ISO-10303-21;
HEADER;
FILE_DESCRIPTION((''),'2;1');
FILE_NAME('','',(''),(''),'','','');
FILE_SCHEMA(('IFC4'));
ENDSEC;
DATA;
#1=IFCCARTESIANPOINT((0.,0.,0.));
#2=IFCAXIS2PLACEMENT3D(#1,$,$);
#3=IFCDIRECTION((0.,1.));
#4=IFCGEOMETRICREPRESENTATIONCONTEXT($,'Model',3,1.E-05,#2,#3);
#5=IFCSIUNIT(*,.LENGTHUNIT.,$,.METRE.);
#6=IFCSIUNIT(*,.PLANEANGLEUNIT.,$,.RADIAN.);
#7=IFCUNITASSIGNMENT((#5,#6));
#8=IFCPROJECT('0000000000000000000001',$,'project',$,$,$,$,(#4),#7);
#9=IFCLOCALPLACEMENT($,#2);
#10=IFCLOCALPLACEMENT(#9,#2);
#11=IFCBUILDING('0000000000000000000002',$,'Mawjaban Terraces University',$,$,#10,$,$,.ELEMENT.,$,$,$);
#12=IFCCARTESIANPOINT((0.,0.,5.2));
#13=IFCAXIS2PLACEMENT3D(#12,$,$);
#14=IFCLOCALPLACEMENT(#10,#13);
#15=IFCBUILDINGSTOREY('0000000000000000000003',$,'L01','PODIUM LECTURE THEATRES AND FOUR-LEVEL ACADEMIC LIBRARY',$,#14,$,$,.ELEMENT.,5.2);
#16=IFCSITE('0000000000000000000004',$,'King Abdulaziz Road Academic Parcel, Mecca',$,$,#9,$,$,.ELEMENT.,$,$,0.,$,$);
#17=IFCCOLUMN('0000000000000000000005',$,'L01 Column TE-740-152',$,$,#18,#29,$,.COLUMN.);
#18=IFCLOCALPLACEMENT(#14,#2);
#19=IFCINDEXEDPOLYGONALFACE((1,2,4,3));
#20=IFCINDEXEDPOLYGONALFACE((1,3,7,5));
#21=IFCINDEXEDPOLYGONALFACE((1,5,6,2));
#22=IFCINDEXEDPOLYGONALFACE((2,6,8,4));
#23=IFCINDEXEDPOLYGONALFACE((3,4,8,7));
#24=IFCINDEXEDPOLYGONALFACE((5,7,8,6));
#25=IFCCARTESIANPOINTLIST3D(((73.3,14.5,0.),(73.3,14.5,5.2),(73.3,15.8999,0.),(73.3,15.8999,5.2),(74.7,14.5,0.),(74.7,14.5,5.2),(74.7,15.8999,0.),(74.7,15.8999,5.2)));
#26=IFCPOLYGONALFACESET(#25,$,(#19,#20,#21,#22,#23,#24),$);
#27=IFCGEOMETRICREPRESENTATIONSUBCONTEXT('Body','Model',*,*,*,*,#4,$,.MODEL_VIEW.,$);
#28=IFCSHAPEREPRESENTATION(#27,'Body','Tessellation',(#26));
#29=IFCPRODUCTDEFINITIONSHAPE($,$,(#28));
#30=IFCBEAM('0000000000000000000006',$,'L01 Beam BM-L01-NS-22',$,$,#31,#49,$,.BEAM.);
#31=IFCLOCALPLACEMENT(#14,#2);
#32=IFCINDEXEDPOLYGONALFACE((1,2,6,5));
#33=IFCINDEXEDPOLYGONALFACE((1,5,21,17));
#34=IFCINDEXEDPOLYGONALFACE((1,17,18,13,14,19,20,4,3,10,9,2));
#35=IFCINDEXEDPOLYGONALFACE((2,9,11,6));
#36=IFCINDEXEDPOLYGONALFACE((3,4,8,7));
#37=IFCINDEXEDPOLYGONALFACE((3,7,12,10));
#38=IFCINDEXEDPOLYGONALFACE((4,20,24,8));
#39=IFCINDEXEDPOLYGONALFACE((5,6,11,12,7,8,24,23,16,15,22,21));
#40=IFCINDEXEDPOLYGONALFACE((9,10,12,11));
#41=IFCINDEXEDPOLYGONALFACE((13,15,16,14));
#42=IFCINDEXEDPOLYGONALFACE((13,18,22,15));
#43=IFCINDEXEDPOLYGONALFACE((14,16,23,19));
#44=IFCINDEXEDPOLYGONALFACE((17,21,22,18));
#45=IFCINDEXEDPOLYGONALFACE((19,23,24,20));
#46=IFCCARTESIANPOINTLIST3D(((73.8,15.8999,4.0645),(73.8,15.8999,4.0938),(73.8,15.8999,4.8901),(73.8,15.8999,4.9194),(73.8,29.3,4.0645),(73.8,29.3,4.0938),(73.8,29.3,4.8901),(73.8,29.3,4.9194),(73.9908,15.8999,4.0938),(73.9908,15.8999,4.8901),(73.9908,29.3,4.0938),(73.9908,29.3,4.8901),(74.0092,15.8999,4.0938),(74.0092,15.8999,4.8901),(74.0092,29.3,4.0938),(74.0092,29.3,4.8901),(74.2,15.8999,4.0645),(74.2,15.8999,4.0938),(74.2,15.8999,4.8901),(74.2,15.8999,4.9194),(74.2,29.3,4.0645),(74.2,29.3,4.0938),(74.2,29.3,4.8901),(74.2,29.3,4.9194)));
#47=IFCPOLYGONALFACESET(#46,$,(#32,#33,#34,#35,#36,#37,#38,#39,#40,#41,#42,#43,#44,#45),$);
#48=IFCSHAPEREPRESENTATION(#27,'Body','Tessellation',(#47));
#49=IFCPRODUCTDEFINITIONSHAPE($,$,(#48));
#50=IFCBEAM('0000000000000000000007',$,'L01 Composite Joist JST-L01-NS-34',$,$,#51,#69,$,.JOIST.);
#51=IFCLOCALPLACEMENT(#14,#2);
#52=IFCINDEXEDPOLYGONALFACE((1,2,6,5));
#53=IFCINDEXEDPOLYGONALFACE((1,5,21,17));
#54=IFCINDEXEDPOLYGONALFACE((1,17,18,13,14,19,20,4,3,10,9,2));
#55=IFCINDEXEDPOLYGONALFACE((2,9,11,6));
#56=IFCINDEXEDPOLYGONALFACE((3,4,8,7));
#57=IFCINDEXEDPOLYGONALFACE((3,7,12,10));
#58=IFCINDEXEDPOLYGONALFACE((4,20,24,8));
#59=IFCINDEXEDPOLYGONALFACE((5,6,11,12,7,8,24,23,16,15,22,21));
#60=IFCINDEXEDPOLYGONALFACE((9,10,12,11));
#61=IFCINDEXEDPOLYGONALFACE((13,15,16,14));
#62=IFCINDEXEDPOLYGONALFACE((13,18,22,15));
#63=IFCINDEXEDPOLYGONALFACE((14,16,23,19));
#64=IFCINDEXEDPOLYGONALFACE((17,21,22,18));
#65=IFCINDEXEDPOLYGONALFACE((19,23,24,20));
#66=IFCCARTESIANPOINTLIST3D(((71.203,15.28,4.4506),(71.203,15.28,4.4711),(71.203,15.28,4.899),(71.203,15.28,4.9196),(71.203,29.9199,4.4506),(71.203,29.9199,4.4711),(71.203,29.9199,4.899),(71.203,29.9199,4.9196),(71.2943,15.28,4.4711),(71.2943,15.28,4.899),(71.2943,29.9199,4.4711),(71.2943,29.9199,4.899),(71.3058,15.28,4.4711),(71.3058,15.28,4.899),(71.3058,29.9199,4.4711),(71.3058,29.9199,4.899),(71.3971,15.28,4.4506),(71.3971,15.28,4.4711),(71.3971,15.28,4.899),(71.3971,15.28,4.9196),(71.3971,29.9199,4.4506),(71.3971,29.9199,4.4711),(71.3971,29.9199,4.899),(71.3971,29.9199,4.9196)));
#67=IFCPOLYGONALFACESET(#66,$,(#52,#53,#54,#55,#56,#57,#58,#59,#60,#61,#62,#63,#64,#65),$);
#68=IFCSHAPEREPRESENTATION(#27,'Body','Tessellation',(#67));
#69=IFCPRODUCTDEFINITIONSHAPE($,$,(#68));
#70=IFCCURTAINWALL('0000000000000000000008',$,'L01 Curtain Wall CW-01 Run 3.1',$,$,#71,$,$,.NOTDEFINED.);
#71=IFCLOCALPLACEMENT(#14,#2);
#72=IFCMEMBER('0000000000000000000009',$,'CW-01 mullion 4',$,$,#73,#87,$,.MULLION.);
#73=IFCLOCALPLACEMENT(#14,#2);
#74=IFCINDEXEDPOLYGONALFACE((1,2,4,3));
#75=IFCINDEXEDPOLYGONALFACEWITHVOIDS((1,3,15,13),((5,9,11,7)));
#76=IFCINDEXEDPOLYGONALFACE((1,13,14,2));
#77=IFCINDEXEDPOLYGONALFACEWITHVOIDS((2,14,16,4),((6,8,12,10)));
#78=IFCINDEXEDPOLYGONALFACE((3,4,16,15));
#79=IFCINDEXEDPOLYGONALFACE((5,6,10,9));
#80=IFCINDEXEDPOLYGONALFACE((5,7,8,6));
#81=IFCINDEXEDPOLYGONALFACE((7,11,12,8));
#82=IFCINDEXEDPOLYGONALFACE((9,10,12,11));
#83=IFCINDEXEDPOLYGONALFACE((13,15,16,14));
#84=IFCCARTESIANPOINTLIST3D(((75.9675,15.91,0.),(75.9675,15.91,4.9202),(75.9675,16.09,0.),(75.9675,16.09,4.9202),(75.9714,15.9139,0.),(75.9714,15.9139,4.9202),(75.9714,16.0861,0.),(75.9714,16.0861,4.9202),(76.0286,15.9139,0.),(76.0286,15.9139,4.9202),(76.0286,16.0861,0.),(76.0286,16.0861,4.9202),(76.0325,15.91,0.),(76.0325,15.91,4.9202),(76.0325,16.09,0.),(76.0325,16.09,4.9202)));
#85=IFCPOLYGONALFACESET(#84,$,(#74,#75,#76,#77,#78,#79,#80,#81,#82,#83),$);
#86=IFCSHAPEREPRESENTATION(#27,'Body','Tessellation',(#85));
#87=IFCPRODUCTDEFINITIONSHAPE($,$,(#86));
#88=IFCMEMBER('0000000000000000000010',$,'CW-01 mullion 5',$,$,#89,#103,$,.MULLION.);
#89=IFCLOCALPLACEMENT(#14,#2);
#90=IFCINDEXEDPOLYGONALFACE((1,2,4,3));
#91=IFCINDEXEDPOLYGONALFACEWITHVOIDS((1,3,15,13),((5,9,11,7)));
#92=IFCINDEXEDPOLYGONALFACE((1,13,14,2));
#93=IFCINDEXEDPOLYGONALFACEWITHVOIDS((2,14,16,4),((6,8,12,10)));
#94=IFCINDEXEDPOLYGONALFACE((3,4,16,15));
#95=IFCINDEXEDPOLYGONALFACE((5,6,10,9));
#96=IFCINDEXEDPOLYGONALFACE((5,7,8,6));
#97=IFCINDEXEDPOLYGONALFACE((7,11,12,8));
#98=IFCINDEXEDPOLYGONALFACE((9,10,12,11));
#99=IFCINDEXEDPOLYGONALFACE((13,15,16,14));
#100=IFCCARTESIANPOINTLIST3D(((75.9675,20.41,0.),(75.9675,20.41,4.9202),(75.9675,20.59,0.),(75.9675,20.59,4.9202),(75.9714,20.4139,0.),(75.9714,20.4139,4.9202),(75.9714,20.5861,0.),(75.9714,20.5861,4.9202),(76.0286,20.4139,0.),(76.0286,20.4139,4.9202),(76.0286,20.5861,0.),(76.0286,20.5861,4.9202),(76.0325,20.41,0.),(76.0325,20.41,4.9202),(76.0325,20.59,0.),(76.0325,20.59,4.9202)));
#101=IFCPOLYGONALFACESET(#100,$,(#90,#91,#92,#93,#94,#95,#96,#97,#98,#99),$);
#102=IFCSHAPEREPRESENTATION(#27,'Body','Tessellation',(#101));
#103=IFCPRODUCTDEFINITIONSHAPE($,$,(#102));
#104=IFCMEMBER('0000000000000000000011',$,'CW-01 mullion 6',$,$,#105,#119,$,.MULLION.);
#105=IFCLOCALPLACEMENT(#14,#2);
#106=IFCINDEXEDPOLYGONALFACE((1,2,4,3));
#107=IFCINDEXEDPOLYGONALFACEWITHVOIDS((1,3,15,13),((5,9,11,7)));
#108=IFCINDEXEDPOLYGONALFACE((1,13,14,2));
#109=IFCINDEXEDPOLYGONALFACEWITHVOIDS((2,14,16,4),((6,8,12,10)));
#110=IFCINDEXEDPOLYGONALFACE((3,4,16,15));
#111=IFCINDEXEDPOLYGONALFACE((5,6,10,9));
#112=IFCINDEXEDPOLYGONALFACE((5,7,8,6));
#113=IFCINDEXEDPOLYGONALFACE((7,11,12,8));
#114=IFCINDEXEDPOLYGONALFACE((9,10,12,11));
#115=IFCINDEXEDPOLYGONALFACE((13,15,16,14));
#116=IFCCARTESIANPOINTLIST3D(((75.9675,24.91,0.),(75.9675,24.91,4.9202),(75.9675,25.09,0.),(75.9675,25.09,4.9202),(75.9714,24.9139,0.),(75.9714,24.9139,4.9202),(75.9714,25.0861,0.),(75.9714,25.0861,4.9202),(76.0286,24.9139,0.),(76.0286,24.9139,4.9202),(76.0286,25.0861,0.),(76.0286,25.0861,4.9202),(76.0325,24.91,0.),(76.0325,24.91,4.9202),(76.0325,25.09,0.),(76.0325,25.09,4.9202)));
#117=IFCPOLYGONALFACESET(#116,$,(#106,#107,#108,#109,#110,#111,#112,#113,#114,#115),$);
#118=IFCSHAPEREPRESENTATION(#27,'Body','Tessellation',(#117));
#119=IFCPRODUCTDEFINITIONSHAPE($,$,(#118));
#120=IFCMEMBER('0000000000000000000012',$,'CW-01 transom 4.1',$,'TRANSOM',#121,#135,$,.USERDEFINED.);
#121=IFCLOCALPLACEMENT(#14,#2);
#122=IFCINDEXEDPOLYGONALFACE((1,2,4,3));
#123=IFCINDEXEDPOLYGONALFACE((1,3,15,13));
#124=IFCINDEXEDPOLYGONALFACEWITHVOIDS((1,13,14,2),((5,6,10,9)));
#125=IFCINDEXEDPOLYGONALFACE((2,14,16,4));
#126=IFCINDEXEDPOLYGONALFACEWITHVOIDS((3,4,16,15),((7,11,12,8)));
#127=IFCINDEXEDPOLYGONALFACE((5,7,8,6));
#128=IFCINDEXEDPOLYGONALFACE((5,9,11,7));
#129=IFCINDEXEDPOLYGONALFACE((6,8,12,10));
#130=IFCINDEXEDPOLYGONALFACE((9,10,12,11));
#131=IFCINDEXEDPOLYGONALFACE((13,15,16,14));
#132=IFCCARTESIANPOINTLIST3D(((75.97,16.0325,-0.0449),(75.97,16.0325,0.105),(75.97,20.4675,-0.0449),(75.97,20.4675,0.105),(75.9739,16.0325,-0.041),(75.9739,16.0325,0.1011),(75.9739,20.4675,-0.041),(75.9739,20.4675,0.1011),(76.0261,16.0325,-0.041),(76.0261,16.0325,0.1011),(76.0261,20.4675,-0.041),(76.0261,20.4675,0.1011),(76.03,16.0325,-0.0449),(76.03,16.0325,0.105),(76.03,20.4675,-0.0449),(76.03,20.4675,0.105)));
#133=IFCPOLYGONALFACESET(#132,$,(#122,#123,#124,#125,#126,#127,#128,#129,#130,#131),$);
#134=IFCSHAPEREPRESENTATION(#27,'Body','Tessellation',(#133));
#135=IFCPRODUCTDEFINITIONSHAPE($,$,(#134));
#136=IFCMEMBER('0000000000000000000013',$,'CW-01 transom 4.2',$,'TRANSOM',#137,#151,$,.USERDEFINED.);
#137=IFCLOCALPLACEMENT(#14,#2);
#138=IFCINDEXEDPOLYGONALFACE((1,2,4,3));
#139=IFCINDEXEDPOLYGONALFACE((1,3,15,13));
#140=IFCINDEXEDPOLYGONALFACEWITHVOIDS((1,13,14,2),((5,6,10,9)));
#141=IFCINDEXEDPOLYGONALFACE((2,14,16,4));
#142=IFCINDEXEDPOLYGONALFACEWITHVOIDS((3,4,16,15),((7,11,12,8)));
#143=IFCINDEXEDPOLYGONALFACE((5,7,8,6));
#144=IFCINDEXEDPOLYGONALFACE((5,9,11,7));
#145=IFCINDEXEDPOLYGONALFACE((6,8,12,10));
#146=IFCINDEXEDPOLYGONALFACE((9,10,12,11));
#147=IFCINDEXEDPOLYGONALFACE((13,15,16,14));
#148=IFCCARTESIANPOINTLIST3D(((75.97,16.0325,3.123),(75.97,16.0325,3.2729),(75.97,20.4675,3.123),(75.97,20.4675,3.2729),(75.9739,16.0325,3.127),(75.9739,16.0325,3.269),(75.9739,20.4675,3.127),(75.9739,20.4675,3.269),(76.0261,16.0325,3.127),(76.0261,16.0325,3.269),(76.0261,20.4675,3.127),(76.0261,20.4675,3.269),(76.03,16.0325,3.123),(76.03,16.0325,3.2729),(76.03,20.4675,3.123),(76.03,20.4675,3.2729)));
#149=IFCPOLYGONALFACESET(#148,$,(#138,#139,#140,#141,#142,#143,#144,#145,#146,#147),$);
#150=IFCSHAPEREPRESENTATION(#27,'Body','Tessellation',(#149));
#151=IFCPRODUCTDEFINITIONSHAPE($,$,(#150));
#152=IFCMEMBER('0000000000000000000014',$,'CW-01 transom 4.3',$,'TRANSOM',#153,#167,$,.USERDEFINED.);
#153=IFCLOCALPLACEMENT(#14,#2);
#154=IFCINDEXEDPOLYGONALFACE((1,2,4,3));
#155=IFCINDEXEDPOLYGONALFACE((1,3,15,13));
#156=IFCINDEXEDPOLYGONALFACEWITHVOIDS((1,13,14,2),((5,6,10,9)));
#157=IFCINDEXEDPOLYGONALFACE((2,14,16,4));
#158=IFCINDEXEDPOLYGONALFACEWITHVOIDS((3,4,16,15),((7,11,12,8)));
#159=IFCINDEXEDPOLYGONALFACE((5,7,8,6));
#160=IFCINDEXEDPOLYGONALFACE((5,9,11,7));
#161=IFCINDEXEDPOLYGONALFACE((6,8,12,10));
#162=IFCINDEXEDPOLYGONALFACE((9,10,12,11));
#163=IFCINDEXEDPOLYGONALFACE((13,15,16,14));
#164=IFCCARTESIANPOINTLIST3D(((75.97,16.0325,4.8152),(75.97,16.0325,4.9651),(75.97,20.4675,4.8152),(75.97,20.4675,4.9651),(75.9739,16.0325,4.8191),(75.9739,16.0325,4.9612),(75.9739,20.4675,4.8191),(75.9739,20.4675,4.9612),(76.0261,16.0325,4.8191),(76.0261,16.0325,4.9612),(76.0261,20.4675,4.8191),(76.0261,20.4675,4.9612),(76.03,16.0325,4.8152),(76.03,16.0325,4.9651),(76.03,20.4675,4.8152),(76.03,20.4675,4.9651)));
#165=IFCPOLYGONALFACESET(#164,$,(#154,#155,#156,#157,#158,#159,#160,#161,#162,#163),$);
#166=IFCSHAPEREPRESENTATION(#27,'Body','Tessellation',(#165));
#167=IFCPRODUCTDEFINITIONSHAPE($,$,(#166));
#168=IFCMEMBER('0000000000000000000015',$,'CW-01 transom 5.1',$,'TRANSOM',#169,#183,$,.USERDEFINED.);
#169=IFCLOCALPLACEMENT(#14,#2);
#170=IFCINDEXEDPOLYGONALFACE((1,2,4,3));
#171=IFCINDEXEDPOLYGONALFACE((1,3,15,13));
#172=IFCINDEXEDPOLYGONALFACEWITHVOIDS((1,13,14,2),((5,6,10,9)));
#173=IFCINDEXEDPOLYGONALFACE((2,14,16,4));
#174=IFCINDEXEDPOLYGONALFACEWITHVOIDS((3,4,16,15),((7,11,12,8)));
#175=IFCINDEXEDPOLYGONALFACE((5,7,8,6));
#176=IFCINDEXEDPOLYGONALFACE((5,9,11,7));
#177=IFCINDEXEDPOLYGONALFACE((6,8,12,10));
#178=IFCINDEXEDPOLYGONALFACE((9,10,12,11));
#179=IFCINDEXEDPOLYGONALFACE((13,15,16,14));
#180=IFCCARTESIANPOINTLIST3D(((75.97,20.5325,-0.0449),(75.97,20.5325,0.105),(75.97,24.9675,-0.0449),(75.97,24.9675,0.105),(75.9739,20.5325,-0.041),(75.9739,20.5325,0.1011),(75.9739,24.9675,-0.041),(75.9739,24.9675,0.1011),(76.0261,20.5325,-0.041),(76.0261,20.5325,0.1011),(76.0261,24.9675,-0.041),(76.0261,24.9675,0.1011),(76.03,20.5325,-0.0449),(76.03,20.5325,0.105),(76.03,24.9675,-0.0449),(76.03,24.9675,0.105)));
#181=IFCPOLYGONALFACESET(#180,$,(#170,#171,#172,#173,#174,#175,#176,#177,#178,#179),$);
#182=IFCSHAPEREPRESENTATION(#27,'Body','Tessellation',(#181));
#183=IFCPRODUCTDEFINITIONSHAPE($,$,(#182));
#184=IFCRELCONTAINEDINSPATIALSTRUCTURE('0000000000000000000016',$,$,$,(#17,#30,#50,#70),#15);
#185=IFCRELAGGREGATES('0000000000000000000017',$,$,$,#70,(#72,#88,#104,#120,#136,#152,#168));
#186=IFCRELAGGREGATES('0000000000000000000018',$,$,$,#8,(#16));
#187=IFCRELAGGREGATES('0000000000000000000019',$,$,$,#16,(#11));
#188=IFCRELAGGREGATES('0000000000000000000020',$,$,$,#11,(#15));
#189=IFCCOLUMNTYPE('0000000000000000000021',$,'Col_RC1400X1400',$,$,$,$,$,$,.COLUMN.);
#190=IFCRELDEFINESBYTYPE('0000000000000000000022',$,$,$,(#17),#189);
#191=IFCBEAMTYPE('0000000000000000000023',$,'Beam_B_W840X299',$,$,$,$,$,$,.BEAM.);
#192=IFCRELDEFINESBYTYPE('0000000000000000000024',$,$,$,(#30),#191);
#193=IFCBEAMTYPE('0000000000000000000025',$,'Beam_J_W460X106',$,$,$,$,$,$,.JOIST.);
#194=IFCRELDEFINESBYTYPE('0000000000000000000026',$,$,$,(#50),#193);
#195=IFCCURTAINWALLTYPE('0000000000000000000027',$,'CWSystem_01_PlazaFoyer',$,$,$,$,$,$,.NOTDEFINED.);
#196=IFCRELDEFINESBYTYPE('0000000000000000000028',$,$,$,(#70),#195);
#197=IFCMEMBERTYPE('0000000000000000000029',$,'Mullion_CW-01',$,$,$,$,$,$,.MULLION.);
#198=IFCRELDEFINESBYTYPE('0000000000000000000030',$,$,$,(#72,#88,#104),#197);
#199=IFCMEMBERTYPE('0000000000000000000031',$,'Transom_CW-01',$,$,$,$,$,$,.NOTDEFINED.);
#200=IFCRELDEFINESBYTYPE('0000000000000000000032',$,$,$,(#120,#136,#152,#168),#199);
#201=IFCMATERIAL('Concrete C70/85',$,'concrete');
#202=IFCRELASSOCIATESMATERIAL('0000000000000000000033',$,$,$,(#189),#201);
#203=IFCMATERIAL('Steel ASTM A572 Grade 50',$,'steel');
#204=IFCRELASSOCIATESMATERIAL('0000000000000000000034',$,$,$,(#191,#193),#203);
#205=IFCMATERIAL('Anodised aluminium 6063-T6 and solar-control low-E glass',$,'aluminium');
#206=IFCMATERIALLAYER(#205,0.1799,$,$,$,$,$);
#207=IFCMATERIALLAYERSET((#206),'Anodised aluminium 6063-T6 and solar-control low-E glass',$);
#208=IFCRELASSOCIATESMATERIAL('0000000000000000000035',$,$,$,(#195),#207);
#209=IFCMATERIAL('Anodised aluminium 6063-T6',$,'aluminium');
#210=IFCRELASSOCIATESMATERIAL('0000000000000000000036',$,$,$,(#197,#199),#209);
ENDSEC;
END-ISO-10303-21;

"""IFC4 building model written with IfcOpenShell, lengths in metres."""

from ifc_helpers import new_model, si_unit, direction, frame, origin, origin_2d, place, context, subcontext, project, spatial, rectangle, hollow_rectangle, i_section, extrude, material, layer, layer_set, material_profile, profile_set, type_object, element, aggregate, save


model = new_model("IFC4")

# Units and contexts
model_context = context("Model", 3, precision=1e-05, world=origin(), true_north=direction((0.0, 1.0)))
body_context = subcontext(model_context, "Body", "Model", "MODEL_VIEW")
ifc_project = project(units=[si_unit("LENGTHUNIT", "METRE"), si_unit("PLANEANGLEUNIT", "RADIAN")], contexts=[model_context])

# Site, building, storey
site_placement = place(None, origin())
site = spatial("IfcSite", under=ifc_project, at=site_placement, Name="King Abdulaziz Road Academic Parcel, Mecca", CompositionType="ELEMENT", RefElevation=0.0)
building_placement = place(site_placement, origin())
building = spatial("IfcBuilding", under=site, at=building_placement, Name="Mawjaban Terraces University", CompositionType="ELEMENT")
storey_placement = place(building_placement, frame((0.0, 0.0, 5.2)))
storey = spatial("IfcBuildingStorey", under=building, at=storey_placement, Name="L01", Description="PODIUM LECTURE THEATRES AND FOUR-LEVEL ACADEMIC LIBRARY", CompositionType="ELEMENT", Elevation=5.2)

# Column
ifc_material_1 = material(Name="Concrete C70/85", Category="concrete")
ifc_material_profile_1 = material_profile(ifc_material_1, rectangle(XDim=1.3999, YDim=1.3999, at=origin_2d()), Name="RC1400X1400")
ifc_profile_set_1 = profile_set([ifc_material_profile_1], Name="Concrete C70/85")
column_type = type_object("IfcColumnType", Name="Col_RC1400X1400", PredefinedType="COLUMN", material=ifc_profile_set_1)
column_placement = place(storey_placement, frame((74.0, 15.2, 0.0), z_axis=(0.0, 0.0, 1.0), x_axis=(1.0, 0.0, 0.0)))
element("IfcColumn", 1, at=column_placement, inside=storey, type_object=column_type, Name="L01 Column TE-740-152", PredefinedType="COLUMN", context=body_context, shape_type="SweptSolid", body=[
    extrude(rectangle(XDim=1.3999, YDim=1.3999, at=origin_2d()), origin(), (0.0, 0.0, 1.0), 5.2),
])

# Beams
ifc_material_2 = material(Name="Steel ASTM A572 Grade 50", Category="steel")
ifc_material_profile_2 = material_profile(ifc_material_2, i_section(OverallWidth=0.3999, OverallDepth=0.855, WebThickness=0.0183, FlangeThickness=0.0293, at=origin_2d()), Name="W840X299")
ifc_profile_set_2 = profile_set([ifc_material_profile_2], Name="Steel ASTM A572 Grade 50")
beam_type_1 = type_object("IfcBeamType", Name="Beam_B_W840X299", PredefinedType="BEAM", material=ifc_profile_set_2)
beam_1_placement = place(storey_placement, frame((74.0, 15.8999, 4.4919), z_axis=(0.0, 1.0, 0.0), x_axis=(-1.0, 0.0, 0.0)))
element("IfcBeam", 2, at=beam_1_placement, inside=storey, type_object=beam_type_1, Name="L01 Beam BM-L01-NS-22", PredefinedType="BEAM", context=body_context, shape_type="SweptSolid", body=[
    extrude(i_section(OverallWidth=0.3999, OverallDepth=0.855, WebThickness=0.0183, FlangeThickness=0.0293, at=origin_2d()), origin(), (0.0, 0.0, 1.0), 13.4001),
])
ifc_material_profile_3 = material_profile(ifc_material_2, i_section(OverallWidth=0.1941, OverallDepth=0.469, WebThickness=0.0115, FlangeThickness=0.0205, at=origin_2d()), Name="W460X106")
ifc_profile_set_3 = profile_set([ifc_material_profile_3], Name="Steel ASTM A572 Grade 50")
beam_type_2 = type_object("IfcBeamType", Name="Beam_J_W460X106", PredefinedType="JOIST", material=ifc_profile_set_3)
beam_2_placement = place(storey_placement, frame((71.3, 15.28, 4.6851), z_axis=(0.0, 1.0, 0.0), x_axis=(-1.0, 0.0, 0.0)))
element("IfcBeam", 3, at=beam_2_placement, inside=storey, type_object=beam_type_2, Name="L01 Composite Joist JST-L01-NS-34", PredefinedType="JOIST", context=body_context, shape_type="SweptSolid", body=[
    extrude(i_section(OverallWidth=0.1941, OverallDepth=0.469, WebThickness=0.0115, FlangeThickness=0.0205, at=origin_2d()), origin(), (0.0, 0.0, 1.0), 14.6399),
])

# Curtain wall, members
ifc_material_3 = material(Name="Anodised aluminium 6063-T6 and solar-control low-E glass", Category="aluminium")
ifc_layer_1 = layer(ifc_material_3, 0.1799)
ifc_layer_set_1 = layer_set([ifc_layer_1], Name="Anodised aluminium 6063-T6 and solar-control low-E glass")
curtain_wall_type = type_object("IfcCurtainWallType", Name="CWSystem_01_PlazaFoyer", PredefinedType="NOTDEFINED", material=ifc_layer_set_1)
curtain_wall_placement = place(storey_placement, origin())
curtain_wall = element("IfcCurtainWall", 4, at=curtain_wall_placement, inside=storey, type_object=curtain_wall_type, Name="L01 Curtain Wall CW-01 Run 3.1", PredefinedType="NOTDEFINED")
ifc_material_4 = material(Name="Anodised aluminium 6063-T6", Category="aluminium")
ifc_material_profile_4 = material_profile(ifc_material_4, hollow_rectangle(XDim=0.0649, YDim=0.1799, WallThickness=0.0039, at=origin_2d()), Name="ALU180X65X4")
ifc_profile_set_4 = profile_set([ifc_material_profile_4], Name="Anodised aluminium 6063-T6")
member_type_1 = type_object("IfcMemberType", Name="Mullion_CW-01", PredefinedType="MULLION", material=ifc_profile_set_4)
member_1_placement = place(storey_placement, frame((76.0, 16.0, 0.0), z_axis=(0.0, 0.0, 1.0), x_axis=(-1.0, 0.0, 0.0)))
member_1 = element("IfcMember", 5, at=member_1_placement, type_object=member_type_1, Name="CW-01 mullion 4", PredefinedType="MULLION", context=body_context, shape_type="SweptSolid", body=[
    extrude(hollow_rectangle(XDim=0.0649, YDim=0.1799, WallThickness=0.0039, at=origin_2d()), origin(), (0.0, 0.0, 1.0), 4.9202),
])
member_2_placement = place(storey_placement, frame((76.0, 20.5, 0.0), z_axis=(0.0, 0.0, 1.0), x_axis=(-1.0, 0.0, 0.0)))
member_2 = element("IfcMember", 6, at=member_2_placement, type_object=member_type_1, Name="CW-01 mullion 5", PredefinedType="MULLION", context=body_context, shape_type="SweptSolid", body=[
    extrude(hollow_rectangle(XDim=0.0649, YDim=0.1799, WallThickness=0.0039, at=origin_2d()), origin(), (0.0, 0.0, 1.0), 4.9202),
])
member_3_placement = place(storey_placement, frame((76.0, 25.0, 0.0), z_axis=(0.0, 0.0, 1.0), x_axis=(-1.0, 0.0, 0.0)))
member_3 = element("IfcMember", 7, at=member_3_placement, type_object=member_type_1, Name="CW-01 mullion 6", PredefinedType="MULLION", context=body_context, shape_type="SweptSolid", body=[
    extrude(hollow_rectangle(XDim=0.0649, YDim=0.1799, WallThickness=0.0039, at=origin_2d()), origin(), (0.0, 0.0, 1.0), 4.9202),
])
ifc_material_profile_5 = material_profile(ifc_material_4, hollow_rectangle(XDim=0.0601, YDim=0.1499, WallThickness=0.0039, at=origin_2d()), Name="ALU150X60X4")
ifc_profile_set_5 = profile_set([ifc_material_profile_5], Name="Anodised aluminium 6063-T6")
member_type_2 = type_object("IfcMemberType", Name="Transom_CW-01", PredefinedType="NOTDEFINED", material=ifc_profile_set_5)
member_4_placement = place(storey_placement, frame((76.0, 16.0325, 0.03), z_axis=(0.0, 1.0, 0.0), x_axis=(-1.0, 0.0, 0.0)))
member_4 = element("IfcMember", 8, at=member_4_placement, type_object=member_type_2, Name="CW-01 transom 4.1", ObjectType="TRANSOM", PredefinedType="USERDEFINED", context=body_context, shape_type="SweptSolid", body=[
    extrude(hollow_rectangle(XDim=0.0601, YDim=0.1499, WallThickness=0.0039, at=origin_2d()), origin(), (0.0, 0.0, 1.0), 4.4351),
])
member_5_placement = place(storey_placement, frame((76.0, 16.0325, 3.198), z_axis=(0.0, 1.0, 0.0), x_axis=(-1.0, 0.0, 0.0)))
member_5 = element("IfcMember", 9, at=member_5_placement, type_object=member_type_2, Name="CW-01 transom 4.2", ObjectType="TRANSOM", PredefinedType="USERDEFINED", context=body_context, shape_type="SweptSolid", body=[
    extrude(hollow_rectangle(XDim=0.0601, YDim=0.1499, WallThickness=0.0039, at=origin_2d()), origin(), (0.0, 0.0, 1.0), 4.4351),
])
member_6_placement = place(storey_placement, frame((76.0, 16.0325, 4.8901), z_axis=(0.0, 1.0, 0.0), x_axis=(-1.0, 0.0, 0.0)))
member_6 = element("IfcMember", 10, at=member_6_placement, type_object=member_type_2, Name="CW-01 transom 4.3", ObjectType="TRANSOM", PredefinedType="USERDEFINED", context=body_context, shape_type="SweptSolid", body=[
    extrude(hollow_rectangle(XDim=0.0601, YDim=0.1499, WallThickness=0.0039, at=origin_2d()), origin(), (0.0, 0.0, 1.0), 4.4351),
])
member_7_placement = place(storey_placement, frame((76.0, 20.5325, 0.03), z_axis=(0.0, 1.0, 0.0), x_axis=(-1.0, 0.0, 0.0)))
member_7 = element("IfcMember", 11, at=member_7_placement, type_object=member_type_2, Name="CW-01 transom 5.1", ObjectType="TRANSOM", PredefinedType="USERDEFINED", context=body_context, shape_type="SweptSolid", body=[
    extrude(hollow_rectangle(XDim=0.0601, YDim=0.1499, WallThickness=0.0039, at=origin_2d()), origin(), (0.0, 0.0, 1.0), 4.4351),
])
aggregate(curtain_wall, [member_1, member_2, member_3, member_4, member_5, member_6, member_7])

save(model, "model.ifc")
